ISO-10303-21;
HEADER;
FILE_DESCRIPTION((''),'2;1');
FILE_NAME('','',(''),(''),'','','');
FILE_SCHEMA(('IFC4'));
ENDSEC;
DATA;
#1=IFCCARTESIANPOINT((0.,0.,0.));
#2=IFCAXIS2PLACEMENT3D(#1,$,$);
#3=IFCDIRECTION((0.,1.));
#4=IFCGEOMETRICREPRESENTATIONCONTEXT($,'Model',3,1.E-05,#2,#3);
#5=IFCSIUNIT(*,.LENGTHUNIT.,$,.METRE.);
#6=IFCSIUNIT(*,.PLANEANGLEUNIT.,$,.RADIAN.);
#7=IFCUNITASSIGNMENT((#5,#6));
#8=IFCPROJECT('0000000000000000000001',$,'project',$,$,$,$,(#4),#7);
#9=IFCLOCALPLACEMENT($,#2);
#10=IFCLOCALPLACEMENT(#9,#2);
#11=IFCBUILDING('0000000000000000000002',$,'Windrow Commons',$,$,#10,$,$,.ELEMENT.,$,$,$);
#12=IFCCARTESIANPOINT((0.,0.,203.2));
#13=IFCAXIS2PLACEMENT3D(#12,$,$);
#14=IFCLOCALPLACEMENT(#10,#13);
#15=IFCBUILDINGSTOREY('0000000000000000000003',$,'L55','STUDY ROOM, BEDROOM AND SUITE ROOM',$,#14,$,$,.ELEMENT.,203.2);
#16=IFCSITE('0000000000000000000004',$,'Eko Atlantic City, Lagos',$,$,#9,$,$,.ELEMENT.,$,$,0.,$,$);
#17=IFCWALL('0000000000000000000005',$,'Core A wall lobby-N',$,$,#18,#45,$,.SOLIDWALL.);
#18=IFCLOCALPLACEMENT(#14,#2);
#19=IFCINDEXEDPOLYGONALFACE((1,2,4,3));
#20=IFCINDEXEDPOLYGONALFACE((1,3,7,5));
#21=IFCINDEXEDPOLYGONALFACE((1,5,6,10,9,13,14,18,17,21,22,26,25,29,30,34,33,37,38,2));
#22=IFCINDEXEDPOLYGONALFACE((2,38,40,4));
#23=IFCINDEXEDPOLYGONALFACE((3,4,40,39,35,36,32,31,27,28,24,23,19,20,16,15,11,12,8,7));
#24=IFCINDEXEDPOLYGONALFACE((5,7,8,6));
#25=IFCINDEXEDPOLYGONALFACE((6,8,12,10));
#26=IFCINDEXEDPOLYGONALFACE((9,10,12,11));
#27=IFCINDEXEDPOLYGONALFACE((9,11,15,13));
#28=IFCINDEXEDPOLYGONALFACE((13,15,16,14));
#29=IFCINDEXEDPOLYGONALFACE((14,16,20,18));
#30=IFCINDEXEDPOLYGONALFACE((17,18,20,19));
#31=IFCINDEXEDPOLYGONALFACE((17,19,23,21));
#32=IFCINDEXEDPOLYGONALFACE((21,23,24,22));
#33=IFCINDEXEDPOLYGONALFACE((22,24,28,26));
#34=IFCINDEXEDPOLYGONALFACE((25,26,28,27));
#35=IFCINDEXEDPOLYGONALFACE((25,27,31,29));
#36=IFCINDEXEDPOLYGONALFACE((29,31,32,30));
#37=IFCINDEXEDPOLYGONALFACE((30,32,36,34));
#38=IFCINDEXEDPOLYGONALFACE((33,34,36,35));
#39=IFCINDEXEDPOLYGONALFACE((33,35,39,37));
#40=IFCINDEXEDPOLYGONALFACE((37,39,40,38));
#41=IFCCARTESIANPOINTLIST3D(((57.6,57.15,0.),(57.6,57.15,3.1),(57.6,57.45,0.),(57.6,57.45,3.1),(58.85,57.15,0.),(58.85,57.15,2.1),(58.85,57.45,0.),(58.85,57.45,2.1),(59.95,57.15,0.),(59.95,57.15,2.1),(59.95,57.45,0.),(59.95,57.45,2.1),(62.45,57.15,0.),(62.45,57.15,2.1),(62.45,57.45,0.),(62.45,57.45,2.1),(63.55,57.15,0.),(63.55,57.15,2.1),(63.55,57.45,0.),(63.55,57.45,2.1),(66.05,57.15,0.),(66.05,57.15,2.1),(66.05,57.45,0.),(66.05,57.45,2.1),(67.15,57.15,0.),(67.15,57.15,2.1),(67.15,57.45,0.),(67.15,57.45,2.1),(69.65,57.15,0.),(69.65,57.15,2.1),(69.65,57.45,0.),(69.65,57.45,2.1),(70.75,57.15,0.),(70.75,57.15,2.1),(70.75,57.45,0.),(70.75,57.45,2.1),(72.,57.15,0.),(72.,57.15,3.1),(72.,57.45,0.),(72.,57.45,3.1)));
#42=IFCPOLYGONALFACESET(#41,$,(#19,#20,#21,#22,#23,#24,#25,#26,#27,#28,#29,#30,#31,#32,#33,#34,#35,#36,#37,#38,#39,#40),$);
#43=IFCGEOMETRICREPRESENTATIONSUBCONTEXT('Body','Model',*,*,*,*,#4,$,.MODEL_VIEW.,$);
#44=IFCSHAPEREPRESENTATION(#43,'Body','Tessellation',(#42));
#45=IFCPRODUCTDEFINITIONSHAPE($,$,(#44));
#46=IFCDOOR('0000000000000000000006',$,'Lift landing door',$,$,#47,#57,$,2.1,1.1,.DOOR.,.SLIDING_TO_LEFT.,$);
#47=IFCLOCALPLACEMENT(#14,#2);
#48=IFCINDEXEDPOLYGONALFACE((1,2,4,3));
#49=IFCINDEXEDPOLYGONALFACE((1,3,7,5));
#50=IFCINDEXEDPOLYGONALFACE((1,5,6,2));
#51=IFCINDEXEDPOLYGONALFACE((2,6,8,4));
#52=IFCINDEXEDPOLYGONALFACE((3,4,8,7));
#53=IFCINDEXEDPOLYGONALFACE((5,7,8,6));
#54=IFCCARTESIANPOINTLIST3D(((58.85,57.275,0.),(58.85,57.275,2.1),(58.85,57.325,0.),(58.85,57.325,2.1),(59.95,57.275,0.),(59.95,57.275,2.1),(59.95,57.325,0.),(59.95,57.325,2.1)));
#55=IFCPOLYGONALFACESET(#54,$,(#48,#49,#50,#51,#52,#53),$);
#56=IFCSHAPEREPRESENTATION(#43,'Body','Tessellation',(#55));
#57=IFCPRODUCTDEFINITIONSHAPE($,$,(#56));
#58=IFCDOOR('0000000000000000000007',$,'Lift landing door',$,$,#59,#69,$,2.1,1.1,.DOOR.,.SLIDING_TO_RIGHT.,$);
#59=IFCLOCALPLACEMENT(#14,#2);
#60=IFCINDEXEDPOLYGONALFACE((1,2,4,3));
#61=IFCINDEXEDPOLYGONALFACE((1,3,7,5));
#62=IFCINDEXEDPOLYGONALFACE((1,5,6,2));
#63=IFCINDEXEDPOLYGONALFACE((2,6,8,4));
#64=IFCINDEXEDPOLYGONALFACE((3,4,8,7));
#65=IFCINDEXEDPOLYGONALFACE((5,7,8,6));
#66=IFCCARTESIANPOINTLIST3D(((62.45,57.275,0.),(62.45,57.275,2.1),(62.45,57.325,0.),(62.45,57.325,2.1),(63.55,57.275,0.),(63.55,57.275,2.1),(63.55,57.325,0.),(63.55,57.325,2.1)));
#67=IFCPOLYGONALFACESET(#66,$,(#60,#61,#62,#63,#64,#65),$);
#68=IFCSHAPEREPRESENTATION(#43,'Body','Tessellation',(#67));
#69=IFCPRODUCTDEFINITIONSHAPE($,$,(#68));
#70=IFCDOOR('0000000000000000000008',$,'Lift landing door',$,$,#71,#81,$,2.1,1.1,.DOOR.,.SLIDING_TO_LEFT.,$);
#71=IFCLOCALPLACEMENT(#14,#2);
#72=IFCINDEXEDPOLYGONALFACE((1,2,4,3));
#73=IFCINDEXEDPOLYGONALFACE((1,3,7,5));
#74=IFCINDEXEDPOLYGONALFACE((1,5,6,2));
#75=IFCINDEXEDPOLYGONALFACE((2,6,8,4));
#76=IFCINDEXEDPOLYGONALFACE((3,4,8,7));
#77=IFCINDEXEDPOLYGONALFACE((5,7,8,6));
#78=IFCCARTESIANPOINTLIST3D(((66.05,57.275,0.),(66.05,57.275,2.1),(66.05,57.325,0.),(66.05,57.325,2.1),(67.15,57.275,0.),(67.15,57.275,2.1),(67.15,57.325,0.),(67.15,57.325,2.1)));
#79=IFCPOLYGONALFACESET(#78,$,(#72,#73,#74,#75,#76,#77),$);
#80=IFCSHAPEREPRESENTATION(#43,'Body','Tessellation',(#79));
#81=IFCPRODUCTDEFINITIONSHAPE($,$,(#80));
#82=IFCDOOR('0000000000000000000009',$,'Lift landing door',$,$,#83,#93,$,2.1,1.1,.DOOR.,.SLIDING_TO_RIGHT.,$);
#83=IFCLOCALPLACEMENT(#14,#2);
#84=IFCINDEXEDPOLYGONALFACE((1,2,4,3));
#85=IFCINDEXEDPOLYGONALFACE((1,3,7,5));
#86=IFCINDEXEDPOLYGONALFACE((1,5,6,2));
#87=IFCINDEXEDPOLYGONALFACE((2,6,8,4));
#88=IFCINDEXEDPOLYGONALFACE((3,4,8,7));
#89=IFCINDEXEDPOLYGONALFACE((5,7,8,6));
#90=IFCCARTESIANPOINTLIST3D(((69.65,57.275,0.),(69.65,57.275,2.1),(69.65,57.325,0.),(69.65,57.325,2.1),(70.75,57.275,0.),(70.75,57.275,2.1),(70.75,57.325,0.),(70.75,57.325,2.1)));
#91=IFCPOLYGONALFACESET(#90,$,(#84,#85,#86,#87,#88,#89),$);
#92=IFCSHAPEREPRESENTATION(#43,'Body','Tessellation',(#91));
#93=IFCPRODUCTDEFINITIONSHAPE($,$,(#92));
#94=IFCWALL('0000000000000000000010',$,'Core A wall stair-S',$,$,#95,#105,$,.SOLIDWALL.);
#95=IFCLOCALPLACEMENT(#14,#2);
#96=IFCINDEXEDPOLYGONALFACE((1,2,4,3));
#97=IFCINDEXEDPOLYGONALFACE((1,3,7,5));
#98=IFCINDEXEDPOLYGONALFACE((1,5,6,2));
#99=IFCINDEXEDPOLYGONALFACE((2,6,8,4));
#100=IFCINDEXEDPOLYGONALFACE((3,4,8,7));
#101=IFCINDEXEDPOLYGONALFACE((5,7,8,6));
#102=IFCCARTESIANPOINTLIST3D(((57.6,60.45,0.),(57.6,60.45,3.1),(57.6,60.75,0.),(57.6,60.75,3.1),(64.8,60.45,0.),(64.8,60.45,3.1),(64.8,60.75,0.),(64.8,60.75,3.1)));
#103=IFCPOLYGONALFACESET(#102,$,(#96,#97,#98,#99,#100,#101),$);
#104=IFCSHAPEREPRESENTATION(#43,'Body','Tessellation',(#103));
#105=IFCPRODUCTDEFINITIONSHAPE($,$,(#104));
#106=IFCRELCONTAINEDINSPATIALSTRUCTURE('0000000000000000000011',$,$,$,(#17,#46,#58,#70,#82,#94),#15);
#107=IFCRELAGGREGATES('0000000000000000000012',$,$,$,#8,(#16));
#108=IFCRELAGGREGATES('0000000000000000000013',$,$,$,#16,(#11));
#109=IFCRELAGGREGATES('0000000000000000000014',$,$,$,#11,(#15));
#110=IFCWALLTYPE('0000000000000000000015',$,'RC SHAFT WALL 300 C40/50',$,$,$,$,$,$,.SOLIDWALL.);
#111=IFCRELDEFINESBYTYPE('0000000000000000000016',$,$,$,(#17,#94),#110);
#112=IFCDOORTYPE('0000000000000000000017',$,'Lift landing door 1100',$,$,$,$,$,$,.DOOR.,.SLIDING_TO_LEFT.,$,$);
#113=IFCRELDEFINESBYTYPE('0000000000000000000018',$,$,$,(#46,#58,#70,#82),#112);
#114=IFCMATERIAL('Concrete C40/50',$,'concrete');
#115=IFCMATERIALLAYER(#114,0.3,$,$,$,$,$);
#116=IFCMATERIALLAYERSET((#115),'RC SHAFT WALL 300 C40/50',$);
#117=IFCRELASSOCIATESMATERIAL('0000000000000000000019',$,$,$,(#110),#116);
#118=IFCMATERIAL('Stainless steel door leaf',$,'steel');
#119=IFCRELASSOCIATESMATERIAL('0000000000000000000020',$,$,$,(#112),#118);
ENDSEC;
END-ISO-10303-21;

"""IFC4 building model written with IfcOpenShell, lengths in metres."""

from ifc_helpers import new_model, si_unit, direction, frame, frame_2d, origin, place, context, subcontext, project, spatial, rectangle, extrude, material, layer, layer_set, type_object, element, fill, save


model = new_model("IFC4")

# Units and contexts
model_context = context("Model", 3, precision=1e-05, world=origin(), true_north=direction((0.0, 1.0)))
body_context = subcontext(model_context, "Body", "Model", "MODEL_VIEW")
ifc_project = project(units=[si_unit("LENGTHUNIT", "METRE"), si_unit("PLANEANGLEUNIT", "RADIAN")], contexts=[model_context])

# Site, building, storey
site_placement = place(None, origin())
site = spatial("IfcSite", under=ifc_project, at=site_placement, Name="Eko Atlantic City, Lagos", CompositionType="ELEMENT", RefElevation=0.0)
building_placement = place(site_placement, origin())
building = spatial("IfcBuilding", under=site, at=building_placement, Name="Windrow Commons", CompositionType="ELEMENT")
storey_placement = place(building_placement, frame((0.0, 0.0, 203.2)))
storey = spatial("IfcBuildingStorey", under=building, at=storey_placement, Name="L55", Description="STUDY ROOM, BEDROOM AND SUITE ROOM", CompositionType="ELEMENT", Elevation=203.2)

# Wall, openings, doors
ifc_material_1 = material(Name="Concrete C40/50", Category="concrete")
ifc_layer_1 = layer(ifc_material_1, 0.3)
ifc_layer_set_1 = layer_set([ifc_layer_1], Name="RC SHAFT WALL 300 C40/50")
wall_type_1 = type_object("IfcWallType", Name="RC SHAFT WALL 300 C40/50", PredefinedType="SOLIDWALL", material=ifc_layer_set_1)
ifc_material_2 = material(Name="Stainless steel door leaf", Category="steel")
door_type_1 = type_object("IfcDoorType", Name="Lift landing door 1100", OperationType="SLIDING_TO_LEFT", PredefinedType="DOOR", material=ifc_material_2)
wall_1_placement = place(storey_placement, frame((57.6, 57.3, 0.0), z_axis=(0.0, 0.0, 1.0), x_axis=(1.0, 0.0, 0.0)))
wall_1 = element("IfcWall", 1, at=wall_1_placement, inside=storey, type_object=wall_type_1, Name="Core A wall lobby-N", PredefinedType="SOLIDWALL", context=body_context, shape_type="SweptSolid", body=[
    extrude(rectangle(XDim=14.4, YDim=0.3, at=frame_2d((7.2, 0.0))), origin(), (0.0, 0.0, 1.0), 3.1),
])
opening_1_placement = place(wall_1_placement, frame((1.25, 0.0, 0.0)))
opening_1 = element("IfcOpeningElement", 2, at=opening_1_placement, cuts=wall_1, PredefinedType="OPENING", context=body_context, shape_type="SweptSolid", body=[
    extrude(rectangle(XDim=1.1, YDim=2.1, at=frame_2d((0.55, 1.05))), frame((0.0, 0.16, 0.0), z_axis=(0.0, -1.0, 0.0), x_axis=(1.0, 0.0, 0.0)), (0.0, 0.0, 1.0), 0.32),
])
opening_2_placement = place(wall_1_placement, frame((4.85, 0.0, 0.0)))
opening_2 = element("IfcOpeningElement", 3, at=opening_2_placement, cuts=wall_1, PredefinedType="OPENING", context=body_context, shape_type="SweptSolid", body=[
    extrude(rectangle(XDim=1.1, YDim=2.1, at=frame_2d((0.55, 1.05))), frame((0.0, 0.16, 0.0), z_axis=(0.0, -1.0, 0.0), x_axis=(1.0, 0.0, 0.0)), (0.0, 0.0, 1.0), 0.32),
])
opening_3_placement = place(wall_1_placement, frame((8.45, 0.0, 0.0)))
opening_3 = element("IfcOpeningElement", 4, at=opening_3_placement, cuts=wall_1, PredefinedType="OPENING", context=body_context, shape_type="SweptSolid", body=[
    extrude(rectangle(XDim=1.1, YDim=2.1, at=frame_2d((0.55, 1.05))), frame((0.0, 0.16, 0.0), z_axis=(0.0, -1.0, 0.0), x_axis=(1.0, 0.0, 0.0)), (0.0, 0.0, 1.0), 0.32),
])
opening_4_placement = place(wall_1_placement, frame((12.05, 0.0, 0.0)))
opening_4 = element("IfcOpeningElement", 5, at=opening_4_placement, cuts=wall_1, PredefinedType="OPENING", context=body_context, shape_type="SweptSolid", body=[
    extrude(rectangle(XDim=1.1, YDim=2.1, at=frame_2d((0.55, 1.05))), frame((0.0, 0.16, 0.0), z_axis=(0.0, -1.0, 0.0), x_axis=(1.0, 0.0, 0.0)), (0.0, 0.0, 1.0), 0.32),
])
door_1_placement = place(opening_1_placement, origin())
door_1 = element("IfcDoor", 6, at=door_1_placement, inside=storey, type_object=door_type_1, Name="Lift landing door", OperationType="SLIDING_TO_LEFT", OverallHeight=2.1, OverallWidth=1.1, PredefinedType="DOOR", context=body_context, shape_type="SweptSolid", body=[
    extrude(rectangle(XDim=1.1, YDim=2.1, at=frame_2d((0.55, 1.05))), frame((0.0, 0.025, 0.0), z_axis=(0.0, -1.0, 0.0), x_axis=(1.0, 0.0, 0.0)), (0.0, 0.0, 1.0), 0.05),
])
fill(opening_1, door_1)
door_2_placement = place(opening_2_placement, origin())
door_2 = element("IfcDoor", 7, at=door_2_placement, inside=storey, type_object=door_type_1, Name="Lift landing door", OperationType="SLIDING_TO_RIGHT", OverallHeight=2.1, OverallWidth=1.1, PredefinedType="DOOR", context=body_context, shape_type="SweptSolid", body=[
    extrude(rectangle(XDim=1.1, YDim=2.1, at=frame_2d((0.55, 1.05))), frame((0.0, 0.025, 0.0), z_axis=(0.0, -1.0, 0.0), x_axis=(1.0, 0.0, 0.0)), (0.0, 0.0, 1.0), 0.05),
])
fill(opening_2, door_2)
door_3_placement = place(opening_3_placement, origin())
door_3 = element("IfcDoor", 8, at=door_3_placement, inside=storey, type_object=door_type_1, Name="Lift landing door", OperationType="SLIDING_TO_LEFT", OverallHeight=2.1, OverallWidth=1.1, PredefinedType="DOOR", context=body_context, shape_type="SweptSolid", body=[
    extrude(rectangle(XDim=1.1, YDim=2.1, at=frame_2d((0.55, 1.05))), frame((0.0, 0.025, 0.0), z_axis=(0.0, -1.0, 0.0), x_axis=(1.0, 0.0, 0.0)), (0.0, 0.0, 1.0), 0.05),
])
fill(opening_3, door_3)
door_4_placement = place(opening_4_placement, origin())
door_4 = element("IfcDoor", 9, at=door_4_placement, inside=storey, type_object=door_type_1, Name="Lift landing door", OperationType="SLIDING_TO_RIGHT", OverallHeight=2.1, OverallWidth=1.1, PredefinedType="DOOR", context=body_context, shape_type="SweptSolid", body=[
    extrude(rectangle(XDim=1.1, YDim=2.1, at=frame_2d((0.55, 1.05))), frame((0.0, 0.025, 0.0), z_axis=(0.0, -1.0, 0.0), x_axis=(1.0, 0.0, 0.0)), (0.0, 0.0, 1.0), 0.05),
])
fill(opening_4, door_4)

# Wall
wall_2_placement = place(storey_placement, frame((57.6, 60.6, 0.0), z_axis=(0.0, 0.0, 1.0), x_axis=(1.0, 0.0, 0.0)))
element("IfcWall", 10, at=wall_2_placement, inside=storey, type_object=wall_type_1, Name="Core A wall stair-S", PredefinedType="SOLIDWALL", context=body_context, shape_type="SweptSolid", body=[
    extrude(rectangle(XDim=7.2, YDim=0.3, at=frame_2d((3.6, 0.0))), origin(), (0.0, 0.0, 1.0), 3.1),
])

save(model, "model.ifc")
